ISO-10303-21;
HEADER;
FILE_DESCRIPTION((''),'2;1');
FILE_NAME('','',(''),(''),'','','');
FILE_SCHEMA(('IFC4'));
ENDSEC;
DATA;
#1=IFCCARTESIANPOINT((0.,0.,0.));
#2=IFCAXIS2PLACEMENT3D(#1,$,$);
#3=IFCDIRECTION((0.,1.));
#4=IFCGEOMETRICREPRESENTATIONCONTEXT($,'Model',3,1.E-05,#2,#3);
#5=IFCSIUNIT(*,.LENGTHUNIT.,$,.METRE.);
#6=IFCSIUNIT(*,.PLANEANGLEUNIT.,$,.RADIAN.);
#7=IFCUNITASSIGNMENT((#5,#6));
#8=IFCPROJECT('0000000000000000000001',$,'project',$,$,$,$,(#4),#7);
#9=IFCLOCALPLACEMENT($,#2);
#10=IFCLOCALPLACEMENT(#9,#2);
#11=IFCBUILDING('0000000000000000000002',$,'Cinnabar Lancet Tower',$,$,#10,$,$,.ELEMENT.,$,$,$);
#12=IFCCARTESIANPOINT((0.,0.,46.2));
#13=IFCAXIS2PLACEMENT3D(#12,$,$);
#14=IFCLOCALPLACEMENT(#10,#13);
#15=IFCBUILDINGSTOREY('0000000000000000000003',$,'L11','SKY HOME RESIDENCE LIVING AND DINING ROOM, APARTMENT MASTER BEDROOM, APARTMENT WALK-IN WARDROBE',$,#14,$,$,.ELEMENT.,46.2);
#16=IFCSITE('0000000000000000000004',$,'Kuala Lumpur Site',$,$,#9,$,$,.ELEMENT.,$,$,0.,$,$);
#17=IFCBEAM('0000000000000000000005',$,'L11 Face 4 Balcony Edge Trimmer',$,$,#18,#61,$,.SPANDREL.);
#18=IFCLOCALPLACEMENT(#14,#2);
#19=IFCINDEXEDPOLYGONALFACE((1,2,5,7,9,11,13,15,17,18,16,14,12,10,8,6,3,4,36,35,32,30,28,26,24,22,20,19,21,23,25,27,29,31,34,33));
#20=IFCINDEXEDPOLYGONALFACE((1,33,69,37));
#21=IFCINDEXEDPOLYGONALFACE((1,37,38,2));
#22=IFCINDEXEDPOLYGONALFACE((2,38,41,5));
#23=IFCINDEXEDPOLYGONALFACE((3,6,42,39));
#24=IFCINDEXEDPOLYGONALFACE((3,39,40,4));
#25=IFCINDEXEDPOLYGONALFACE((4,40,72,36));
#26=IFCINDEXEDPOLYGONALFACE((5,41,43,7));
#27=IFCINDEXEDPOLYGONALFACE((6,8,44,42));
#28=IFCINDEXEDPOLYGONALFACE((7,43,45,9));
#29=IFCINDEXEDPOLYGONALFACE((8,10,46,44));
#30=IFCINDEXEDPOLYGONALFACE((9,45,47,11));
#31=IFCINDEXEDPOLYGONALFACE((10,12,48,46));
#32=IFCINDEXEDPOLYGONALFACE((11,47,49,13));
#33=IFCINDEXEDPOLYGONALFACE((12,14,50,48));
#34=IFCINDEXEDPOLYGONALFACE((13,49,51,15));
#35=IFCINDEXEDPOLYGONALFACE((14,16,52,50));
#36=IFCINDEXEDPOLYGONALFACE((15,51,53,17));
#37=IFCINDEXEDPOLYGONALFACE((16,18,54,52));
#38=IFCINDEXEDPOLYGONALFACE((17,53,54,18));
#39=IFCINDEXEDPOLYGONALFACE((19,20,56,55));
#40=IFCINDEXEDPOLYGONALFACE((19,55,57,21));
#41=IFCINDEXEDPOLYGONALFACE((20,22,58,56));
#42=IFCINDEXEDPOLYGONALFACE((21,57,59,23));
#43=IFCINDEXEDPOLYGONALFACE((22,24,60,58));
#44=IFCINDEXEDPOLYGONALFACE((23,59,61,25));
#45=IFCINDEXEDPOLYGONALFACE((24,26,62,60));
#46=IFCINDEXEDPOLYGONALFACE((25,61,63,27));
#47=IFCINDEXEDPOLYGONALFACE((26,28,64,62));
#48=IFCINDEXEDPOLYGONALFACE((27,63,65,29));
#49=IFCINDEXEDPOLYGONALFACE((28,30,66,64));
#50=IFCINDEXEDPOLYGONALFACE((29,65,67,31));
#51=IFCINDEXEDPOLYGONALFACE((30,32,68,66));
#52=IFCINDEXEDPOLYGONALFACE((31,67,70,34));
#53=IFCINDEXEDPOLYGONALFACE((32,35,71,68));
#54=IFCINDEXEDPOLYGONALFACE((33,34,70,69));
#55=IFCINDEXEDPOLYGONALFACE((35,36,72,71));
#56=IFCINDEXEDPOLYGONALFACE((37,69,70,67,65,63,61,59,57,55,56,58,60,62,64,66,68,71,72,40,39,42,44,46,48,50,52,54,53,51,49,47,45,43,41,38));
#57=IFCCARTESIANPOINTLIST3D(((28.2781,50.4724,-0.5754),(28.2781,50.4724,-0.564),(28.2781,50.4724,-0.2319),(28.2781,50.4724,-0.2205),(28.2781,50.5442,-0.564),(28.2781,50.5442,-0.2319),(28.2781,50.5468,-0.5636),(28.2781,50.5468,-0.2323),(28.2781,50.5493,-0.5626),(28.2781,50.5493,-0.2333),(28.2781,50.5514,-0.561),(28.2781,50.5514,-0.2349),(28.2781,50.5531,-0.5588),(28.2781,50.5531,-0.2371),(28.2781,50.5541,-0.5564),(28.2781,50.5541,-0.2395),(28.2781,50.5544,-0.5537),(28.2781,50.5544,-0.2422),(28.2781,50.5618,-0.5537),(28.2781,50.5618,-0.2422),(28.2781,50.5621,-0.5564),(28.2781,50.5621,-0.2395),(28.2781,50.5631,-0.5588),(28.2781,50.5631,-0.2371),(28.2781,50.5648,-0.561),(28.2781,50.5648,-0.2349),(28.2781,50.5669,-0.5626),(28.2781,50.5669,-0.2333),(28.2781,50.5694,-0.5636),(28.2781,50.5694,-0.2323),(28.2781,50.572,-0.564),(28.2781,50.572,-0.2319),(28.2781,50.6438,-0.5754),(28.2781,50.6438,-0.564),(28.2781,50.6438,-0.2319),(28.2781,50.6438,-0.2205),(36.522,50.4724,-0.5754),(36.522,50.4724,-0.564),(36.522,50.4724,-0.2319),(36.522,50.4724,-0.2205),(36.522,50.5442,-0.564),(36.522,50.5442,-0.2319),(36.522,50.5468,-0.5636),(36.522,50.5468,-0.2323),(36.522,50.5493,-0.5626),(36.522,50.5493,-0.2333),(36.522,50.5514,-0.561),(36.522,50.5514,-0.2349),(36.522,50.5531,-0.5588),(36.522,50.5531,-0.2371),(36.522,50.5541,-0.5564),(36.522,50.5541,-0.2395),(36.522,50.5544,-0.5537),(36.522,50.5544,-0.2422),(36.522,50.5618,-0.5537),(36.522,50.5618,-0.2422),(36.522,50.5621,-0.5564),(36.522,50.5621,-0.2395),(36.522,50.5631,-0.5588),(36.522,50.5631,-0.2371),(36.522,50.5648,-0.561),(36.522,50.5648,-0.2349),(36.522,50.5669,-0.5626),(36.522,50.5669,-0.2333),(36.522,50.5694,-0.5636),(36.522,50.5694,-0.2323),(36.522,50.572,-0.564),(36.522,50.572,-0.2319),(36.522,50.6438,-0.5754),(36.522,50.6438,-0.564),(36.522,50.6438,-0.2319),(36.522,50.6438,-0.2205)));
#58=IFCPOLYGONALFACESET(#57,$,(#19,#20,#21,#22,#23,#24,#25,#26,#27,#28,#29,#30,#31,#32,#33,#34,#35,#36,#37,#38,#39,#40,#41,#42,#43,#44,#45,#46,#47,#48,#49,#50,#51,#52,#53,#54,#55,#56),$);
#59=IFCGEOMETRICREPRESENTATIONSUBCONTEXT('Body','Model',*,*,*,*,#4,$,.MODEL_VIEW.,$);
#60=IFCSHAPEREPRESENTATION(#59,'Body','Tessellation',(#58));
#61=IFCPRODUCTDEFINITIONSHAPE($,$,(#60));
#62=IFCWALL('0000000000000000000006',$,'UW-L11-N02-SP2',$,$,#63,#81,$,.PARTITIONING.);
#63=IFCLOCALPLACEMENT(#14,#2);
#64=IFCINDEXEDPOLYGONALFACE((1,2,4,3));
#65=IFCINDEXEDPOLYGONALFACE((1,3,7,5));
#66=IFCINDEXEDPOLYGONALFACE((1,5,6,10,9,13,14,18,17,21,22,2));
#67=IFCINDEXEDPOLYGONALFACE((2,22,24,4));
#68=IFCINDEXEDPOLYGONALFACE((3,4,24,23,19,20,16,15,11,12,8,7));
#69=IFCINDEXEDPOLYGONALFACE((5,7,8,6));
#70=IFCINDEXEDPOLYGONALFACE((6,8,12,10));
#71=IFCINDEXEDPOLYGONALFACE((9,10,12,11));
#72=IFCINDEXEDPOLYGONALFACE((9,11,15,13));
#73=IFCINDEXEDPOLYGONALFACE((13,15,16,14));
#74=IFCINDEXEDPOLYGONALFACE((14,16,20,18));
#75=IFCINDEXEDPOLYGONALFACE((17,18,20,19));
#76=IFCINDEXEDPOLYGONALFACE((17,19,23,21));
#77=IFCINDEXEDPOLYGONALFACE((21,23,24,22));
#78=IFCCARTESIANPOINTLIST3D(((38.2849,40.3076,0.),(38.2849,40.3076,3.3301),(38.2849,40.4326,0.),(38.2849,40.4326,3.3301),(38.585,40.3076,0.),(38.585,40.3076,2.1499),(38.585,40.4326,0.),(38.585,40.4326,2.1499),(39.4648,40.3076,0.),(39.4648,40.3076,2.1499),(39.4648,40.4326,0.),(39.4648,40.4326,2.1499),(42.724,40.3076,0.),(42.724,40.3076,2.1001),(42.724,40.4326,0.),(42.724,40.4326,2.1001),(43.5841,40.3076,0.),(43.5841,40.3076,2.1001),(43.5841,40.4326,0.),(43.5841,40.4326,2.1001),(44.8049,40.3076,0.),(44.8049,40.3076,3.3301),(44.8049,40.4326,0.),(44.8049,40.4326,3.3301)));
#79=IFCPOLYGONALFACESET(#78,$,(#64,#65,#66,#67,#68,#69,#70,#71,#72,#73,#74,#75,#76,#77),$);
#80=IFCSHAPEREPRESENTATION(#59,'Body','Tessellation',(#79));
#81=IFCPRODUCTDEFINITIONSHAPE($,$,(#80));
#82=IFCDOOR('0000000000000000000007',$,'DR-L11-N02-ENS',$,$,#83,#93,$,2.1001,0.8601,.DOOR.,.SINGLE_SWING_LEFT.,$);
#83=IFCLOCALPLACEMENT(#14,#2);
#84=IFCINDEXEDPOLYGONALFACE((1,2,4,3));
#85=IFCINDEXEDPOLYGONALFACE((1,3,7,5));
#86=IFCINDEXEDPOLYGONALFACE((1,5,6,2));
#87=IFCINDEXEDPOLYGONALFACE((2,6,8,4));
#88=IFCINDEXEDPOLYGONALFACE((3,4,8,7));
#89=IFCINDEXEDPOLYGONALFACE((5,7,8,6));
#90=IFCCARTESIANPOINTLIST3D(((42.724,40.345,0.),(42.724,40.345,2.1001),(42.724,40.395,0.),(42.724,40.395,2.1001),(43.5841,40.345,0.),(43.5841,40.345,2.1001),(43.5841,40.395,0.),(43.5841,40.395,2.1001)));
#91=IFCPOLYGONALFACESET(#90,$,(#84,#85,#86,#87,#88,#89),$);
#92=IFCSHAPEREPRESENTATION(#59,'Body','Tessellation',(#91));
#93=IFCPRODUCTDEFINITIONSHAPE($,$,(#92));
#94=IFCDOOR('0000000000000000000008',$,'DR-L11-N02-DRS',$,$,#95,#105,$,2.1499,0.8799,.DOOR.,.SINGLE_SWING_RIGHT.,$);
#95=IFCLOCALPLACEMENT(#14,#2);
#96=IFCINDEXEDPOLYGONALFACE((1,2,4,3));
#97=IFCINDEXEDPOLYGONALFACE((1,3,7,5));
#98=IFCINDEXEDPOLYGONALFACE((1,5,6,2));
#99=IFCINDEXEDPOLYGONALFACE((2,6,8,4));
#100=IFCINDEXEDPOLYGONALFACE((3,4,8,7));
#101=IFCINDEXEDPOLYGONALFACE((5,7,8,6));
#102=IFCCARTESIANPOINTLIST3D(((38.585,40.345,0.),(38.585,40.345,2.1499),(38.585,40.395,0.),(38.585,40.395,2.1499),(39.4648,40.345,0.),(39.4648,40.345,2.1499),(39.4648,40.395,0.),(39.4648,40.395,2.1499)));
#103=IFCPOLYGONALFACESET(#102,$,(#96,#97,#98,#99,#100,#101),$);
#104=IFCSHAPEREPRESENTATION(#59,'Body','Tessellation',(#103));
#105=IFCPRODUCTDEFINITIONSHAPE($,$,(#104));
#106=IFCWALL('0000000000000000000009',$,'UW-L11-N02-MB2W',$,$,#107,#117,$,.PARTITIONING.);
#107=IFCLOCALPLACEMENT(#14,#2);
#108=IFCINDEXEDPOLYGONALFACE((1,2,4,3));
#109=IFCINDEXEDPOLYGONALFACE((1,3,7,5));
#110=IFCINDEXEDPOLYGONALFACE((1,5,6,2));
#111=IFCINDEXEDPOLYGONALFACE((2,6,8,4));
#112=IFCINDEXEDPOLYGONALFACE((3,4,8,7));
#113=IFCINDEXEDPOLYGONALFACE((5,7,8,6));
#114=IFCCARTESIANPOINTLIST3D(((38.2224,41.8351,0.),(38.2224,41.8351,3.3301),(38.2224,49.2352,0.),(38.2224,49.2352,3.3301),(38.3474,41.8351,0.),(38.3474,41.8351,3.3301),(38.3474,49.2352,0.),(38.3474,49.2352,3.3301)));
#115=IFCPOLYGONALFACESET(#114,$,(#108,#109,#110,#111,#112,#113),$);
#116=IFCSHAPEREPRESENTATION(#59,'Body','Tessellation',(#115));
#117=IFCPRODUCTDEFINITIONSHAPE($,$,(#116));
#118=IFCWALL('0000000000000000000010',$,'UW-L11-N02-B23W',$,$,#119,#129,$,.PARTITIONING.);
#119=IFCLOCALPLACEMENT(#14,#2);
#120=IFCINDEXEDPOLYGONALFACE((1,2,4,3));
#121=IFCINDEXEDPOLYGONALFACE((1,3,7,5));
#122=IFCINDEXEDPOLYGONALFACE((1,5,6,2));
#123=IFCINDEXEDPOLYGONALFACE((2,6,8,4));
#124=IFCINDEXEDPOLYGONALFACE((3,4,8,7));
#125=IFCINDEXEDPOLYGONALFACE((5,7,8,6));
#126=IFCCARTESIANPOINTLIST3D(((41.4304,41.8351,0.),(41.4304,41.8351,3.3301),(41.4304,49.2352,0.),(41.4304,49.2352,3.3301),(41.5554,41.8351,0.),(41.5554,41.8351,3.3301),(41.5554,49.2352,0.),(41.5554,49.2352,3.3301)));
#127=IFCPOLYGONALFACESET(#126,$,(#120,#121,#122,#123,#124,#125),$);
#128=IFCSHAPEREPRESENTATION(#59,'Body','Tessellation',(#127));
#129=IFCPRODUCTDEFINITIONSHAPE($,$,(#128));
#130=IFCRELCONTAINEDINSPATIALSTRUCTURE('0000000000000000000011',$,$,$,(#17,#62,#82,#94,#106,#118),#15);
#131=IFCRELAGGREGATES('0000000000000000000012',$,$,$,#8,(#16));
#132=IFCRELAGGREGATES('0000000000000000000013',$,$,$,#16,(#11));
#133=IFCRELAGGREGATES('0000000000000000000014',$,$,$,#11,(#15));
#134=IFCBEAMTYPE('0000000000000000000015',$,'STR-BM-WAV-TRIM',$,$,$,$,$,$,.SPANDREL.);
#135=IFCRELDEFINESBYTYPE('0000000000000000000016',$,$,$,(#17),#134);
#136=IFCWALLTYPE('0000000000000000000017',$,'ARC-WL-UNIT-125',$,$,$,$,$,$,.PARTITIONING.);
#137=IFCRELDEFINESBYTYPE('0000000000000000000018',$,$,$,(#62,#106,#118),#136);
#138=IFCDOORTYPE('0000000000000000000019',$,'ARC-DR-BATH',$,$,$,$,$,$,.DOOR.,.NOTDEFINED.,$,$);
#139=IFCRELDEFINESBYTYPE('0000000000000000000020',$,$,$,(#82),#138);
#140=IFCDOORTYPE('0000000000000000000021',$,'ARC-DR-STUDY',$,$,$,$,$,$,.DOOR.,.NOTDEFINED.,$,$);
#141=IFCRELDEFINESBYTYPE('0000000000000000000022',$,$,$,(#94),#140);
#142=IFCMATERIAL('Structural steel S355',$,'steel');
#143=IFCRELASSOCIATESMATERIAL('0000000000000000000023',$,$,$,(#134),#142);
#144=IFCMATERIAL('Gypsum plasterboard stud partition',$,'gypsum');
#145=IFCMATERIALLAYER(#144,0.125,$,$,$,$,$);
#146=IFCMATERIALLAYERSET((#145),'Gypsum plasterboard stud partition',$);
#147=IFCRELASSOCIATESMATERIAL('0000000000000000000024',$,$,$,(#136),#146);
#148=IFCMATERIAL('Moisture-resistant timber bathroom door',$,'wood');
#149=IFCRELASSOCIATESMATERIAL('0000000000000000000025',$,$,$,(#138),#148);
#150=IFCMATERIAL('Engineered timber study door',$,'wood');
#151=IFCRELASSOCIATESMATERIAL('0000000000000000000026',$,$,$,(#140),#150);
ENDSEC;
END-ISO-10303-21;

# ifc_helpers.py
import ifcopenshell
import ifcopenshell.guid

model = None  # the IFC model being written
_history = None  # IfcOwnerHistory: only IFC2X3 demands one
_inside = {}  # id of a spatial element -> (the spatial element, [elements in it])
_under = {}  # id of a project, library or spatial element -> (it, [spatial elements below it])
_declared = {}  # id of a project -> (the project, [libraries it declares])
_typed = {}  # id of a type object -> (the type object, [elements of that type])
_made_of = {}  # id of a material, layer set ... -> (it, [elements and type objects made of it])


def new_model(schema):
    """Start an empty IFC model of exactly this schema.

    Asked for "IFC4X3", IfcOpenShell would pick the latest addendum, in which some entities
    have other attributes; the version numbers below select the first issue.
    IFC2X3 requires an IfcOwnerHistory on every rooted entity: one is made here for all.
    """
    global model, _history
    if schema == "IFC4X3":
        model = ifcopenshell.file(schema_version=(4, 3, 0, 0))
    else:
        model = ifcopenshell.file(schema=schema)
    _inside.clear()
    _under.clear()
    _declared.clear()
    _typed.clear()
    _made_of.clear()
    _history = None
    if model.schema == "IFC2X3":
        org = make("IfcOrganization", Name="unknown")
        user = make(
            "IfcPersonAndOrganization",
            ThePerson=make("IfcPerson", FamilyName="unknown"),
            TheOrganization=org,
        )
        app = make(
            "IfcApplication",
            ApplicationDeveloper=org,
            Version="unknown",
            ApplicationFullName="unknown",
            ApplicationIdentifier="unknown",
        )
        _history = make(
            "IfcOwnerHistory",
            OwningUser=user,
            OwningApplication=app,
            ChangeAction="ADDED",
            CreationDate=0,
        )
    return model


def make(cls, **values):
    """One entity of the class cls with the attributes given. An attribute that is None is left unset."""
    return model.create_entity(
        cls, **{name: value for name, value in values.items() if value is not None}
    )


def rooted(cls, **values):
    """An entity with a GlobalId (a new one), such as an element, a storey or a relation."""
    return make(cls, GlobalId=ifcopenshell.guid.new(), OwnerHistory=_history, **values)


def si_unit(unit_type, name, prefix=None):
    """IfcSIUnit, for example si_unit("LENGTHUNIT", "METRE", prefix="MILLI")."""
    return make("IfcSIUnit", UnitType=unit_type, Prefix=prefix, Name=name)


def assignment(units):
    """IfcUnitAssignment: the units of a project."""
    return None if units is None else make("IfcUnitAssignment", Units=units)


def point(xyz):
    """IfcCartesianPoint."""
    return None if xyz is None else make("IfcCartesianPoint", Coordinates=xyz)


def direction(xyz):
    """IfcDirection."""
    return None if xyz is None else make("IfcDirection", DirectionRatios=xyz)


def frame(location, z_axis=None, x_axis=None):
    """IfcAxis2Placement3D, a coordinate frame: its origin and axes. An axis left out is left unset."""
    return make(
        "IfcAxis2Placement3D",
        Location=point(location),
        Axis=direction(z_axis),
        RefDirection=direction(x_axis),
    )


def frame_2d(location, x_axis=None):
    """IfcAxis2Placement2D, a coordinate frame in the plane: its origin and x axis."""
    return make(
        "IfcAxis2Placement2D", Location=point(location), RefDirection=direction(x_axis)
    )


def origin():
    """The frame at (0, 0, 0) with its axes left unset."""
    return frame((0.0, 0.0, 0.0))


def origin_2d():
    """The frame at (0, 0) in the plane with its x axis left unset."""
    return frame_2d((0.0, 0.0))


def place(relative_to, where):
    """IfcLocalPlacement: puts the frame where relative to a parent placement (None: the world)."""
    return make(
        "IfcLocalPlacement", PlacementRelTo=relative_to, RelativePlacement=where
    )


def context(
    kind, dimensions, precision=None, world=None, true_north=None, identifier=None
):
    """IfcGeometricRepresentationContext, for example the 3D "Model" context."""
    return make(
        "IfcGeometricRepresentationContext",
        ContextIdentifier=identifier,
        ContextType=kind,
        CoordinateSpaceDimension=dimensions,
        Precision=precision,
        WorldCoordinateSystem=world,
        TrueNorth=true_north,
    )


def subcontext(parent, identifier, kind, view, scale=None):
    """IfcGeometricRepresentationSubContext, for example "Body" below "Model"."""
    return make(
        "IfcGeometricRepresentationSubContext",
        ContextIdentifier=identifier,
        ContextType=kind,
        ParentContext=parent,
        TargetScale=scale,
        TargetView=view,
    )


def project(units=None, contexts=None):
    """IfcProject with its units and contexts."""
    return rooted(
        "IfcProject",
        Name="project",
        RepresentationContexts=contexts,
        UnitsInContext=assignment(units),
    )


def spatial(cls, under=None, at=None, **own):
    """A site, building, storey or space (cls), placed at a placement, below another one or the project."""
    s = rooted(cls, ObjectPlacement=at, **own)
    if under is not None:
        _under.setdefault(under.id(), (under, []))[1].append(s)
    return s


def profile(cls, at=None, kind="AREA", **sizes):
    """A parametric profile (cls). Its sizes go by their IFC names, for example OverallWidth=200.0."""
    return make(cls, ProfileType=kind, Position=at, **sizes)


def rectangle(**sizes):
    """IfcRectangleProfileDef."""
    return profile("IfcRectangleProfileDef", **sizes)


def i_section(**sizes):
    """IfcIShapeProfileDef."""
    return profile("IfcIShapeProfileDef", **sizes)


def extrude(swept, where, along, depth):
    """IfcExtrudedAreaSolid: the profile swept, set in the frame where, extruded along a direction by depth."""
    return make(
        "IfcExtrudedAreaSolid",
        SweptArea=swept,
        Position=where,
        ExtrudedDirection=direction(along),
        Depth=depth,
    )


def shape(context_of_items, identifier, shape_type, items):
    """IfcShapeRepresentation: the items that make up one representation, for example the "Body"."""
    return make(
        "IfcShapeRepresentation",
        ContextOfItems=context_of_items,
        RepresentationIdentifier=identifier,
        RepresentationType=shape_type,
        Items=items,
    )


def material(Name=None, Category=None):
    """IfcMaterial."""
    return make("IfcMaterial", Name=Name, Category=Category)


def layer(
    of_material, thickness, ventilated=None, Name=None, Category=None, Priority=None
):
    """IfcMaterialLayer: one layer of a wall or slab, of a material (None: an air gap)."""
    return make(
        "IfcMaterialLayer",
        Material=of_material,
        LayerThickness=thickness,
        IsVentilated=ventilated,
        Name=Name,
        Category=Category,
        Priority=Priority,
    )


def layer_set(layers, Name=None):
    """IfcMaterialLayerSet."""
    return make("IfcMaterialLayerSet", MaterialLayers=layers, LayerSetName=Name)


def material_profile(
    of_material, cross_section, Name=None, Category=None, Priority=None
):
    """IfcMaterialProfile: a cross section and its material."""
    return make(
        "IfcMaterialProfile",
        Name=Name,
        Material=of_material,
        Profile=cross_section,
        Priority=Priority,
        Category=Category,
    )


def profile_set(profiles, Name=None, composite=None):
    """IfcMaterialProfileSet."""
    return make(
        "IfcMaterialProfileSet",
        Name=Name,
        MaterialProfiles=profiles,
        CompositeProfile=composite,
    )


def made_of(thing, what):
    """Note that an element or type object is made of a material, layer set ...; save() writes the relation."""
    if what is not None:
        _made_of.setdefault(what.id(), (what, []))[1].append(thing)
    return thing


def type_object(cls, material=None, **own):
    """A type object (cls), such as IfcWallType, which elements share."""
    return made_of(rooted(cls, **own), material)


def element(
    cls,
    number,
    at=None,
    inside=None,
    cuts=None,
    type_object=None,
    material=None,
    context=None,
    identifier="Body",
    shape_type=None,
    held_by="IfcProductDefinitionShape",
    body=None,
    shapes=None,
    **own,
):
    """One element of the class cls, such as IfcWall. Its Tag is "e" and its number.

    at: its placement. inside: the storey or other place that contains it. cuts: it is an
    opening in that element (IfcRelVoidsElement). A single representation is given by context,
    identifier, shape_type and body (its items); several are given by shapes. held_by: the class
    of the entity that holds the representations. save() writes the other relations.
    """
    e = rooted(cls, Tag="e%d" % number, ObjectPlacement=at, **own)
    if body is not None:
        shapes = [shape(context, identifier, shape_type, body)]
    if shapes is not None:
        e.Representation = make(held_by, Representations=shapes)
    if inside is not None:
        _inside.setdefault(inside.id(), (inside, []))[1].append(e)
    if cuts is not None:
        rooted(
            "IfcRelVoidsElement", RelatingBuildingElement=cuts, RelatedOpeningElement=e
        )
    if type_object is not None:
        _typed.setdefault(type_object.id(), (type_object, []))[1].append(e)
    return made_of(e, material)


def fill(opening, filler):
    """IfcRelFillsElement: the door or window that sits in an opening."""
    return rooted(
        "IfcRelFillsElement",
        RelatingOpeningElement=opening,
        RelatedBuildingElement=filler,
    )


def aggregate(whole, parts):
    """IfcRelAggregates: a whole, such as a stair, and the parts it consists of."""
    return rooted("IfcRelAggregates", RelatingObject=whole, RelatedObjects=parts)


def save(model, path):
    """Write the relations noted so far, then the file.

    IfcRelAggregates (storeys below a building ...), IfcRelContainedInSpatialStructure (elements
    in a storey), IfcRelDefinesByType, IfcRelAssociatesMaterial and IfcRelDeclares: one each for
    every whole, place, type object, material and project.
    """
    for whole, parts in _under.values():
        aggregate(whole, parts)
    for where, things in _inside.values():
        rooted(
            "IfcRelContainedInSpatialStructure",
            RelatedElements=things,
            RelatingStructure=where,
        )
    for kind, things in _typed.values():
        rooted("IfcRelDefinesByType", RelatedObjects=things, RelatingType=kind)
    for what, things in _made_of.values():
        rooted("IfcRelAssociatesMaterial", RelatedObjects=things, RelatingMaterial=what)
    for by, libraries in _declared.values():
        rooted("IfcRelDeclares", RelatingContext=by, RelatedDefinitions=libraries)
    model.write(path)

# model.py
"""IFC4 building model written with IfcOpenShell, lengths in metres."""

from ifc_helpers import new_model, si_unit, direction, frame, frame_2d, origin, origin_2d, place, context, subcontext, project, spatial, rectangle, i_section, extrude, material, layer, layer_set, material_profile, profile_set, type_object, element, fill, save


model = new_model("IFC4")

# Units and contexts
model_context = context("Model", 3, precision=1e-05, world=origin(), true_north=direction((0.0, 1.0)))
body_context = subcontext(model_context, "Body", "Model", "MODEL_VIEW")
ifc_project = project(units=[si_unit("LENGTHUNIT", "METRE"), si_unit("PLANEANGLEUNIT", "RADIAN")], contexts=[model_context])

# Site, building, storey
site_placement = place(None, origin())
site = spatial("IfcSite", under=ifc_project, at=site_placement, Name="Kuala Lumpur Site", CompositionType="ELEMENT", RefElevation=0.0)
building_placement = place(site_placement, origin())
building = spatial("IfcBuilding", under=site, at=building_placement, Name="Cinnabar Lancet Tower", CompositionType="ELEMENT")
storey_placement = place(building_placement, frame((0.0, 0.0, 46.2)))
storey = spatial("IfcBuildingStorey", under=building, at=storey_placement, Name="L11", Description="SKY HOME RESIDENCE LIVING AND DINING ROOM, APARTMENT MASTER BEDROOM, APARTMENT WALK-IN WARDROBE", CompositionType="ELEMENT", Elevation=46.2)

# Beam
ifc_material_1 = material(Name="Structural steel S355", Category="steel")
ifc_material_profile_1 = material_profile(ifc_material_1, i_section(OverallWidth=0.1714, OverallDepth=0.355, WebThickness=0.0073, FlangeThickness=0.0115, FilletRadius=0.0103, at=origin_2d()), Name="UKB 356x171x51")
ifc_profile_set_1 = profile_set([ifc_material_profile_1], Name="Structural steel S355")
beam_type_1 = type_object("IfcBeamType", Name="STR-BM-WAV-TRIM", PredefinedType="SPANDREL", material=ifc_profile_set_1)
beam_1_placement = place(storey_placement, frame((36.522, 50.5581, -0.3979), z_axis=(-1.0, 0.0, 0.0), x_axis=(0.0, -1.0, 0.0)))
element("IfcBeam", 1, at=beam_1_placement, inside=storey, type_object=beam_type_1, Name="L11 Face 4 Balcony Edge Trimmer", PredefinedType="SPANDREL", context=body_context, shape_type="SweptSolid", body=[
    extrude(i_section(OverallWidth=0.1714, OverallDepth=0.355, WebThickness=0.0073, FlangeThickness=0.0115, FilletRadius=0.0103, at=origin_2d()), origin(), (0.0, 0.0, 1.0), 8.2439),
])

# Wall, openings, doors
ifc_material_2 = material(Name="Gypsum plasterboard stud partition", Category="gypsum")
ifc_layer_1 = layer(ifc_material_2, 0.125)
ifc_layer_set_1 = layer_set([ifc_layer_1], Name="Gypsum plasterboard stud partition")
wall_type_1 = type_object("IfcWallType", Name="ARC-WL-UNIT-125", PredefinedType="PARTITIONING", material=ifc_layer_set_1)
wall_1_placement = place(storey_placement, frame((38.2849, 40.3701, 0.0), z_axis=(0.0, 0.0, 1.0), x_axis=(1.0, 0.0, 0.0)))
wall_1 = element("IfcWall", 2, at=wall_1_placement, inside=storey, type_object=wall_type_1, Name="UW-L11-N02-SP2", PredefinedType="PARTITIONING", context=body_context, shape_type="SweptSolid", body=[
    extrude(rectangle(XDim=6.52, YDim=0.125, at=frame_2d((3.26, 0.0))), origin(), (0.0, 0.0, 1.0), 3.3301),
])
opening_1_placement = place(wall_1_placement, frame((4.439, 0.0, 0.0)))
opening_1 = element("IfcOpeningElement", 3, at=opening_1_placement, cuts=wall_1, PredefinedType="OPENING", context=body_context, shape_type="SweptSolid", body=[
    extrude(rectangle(XDim=0.8601, YDim=2.1001, at=frame_2d((0.4302, 1.05))), frame((0.0, 0.0725, 0.0), z_axis=(0.0, -1.0, 0.0), x_axis=(1.0, 0.0, 0.0)), (0.0, 0.0, 1.0), 0.145),
])
opening_2_placement = place(wall_1_placement, frame((0.3, 0.0, 0.0)))
opening_2 = element("IfcOpeningElement", 4, at=opening_2_placement, cuts=wall_1, PredefinedType="OPENING", context=body_context, shape_type="SweptSolid", body=[
    extrude(rectangle(XDim=0.8799, YDim=2.1499, at=frame_2d((0.4399, 1.075))), frame((0.0, 0.0725, 0.0), z_axis=(0.0, -1.0, 0.0), x_axis=(1.0, 0.0, 0.0)), (0.0, 0.0, 1.0), 0.145),
])
ifc_material_3 = material(Name="Moisture-resistant timber bathroom door", Category="wood")
door_type_1 = type_object("IfcDoorType", Name="ARC-DR-BATH", OperationType="NOTDEFINED", PredefinedType="DOOR", material=ifc_material_3)
door_1_placement = place(opening_1_placement, origin())
door_1 = element("IfcDoor", 5, at=door_1_placement, inside=storey, type_object=door_type_1, Name="DR-L11-N02-ENS", OperationType="SINGLE_SWING_LEFT", OverallHeight=2.1001, OverallWidth=0.8601, PredefinedType="DOOR", context=body_context, shape_type="SweptSolid", body=[
    extrude(rectangle(XDim=0.8601, YDim=2.1001, at=frame_2d((0.4302, 1.05))), frame((0.0, 0.0249, 0.0), z_axis=(0.0, -1.0, 0.0), x_axis=(1.0, 0.0, 0.0)), (0.0, 0.0, 1.0), 0.05),
])
fill(opening_1, door_1)
ifc_material_4 = material(Name="Engineered timber study door", Category="wood")
door_type_2 = type_object("IfcDoorType", Name="ARC-DR-STUDY", OperationType="NOTDEFINED", PredefinedType="DOOR", material=ifc_material_4)
door_2_placement = place(opening_2_placement, origin())
door_2 = element("IfcDoor", 6, at=door_2_placement, inside=storey, type_object=door_type_2, Name="DR-L11-N02-DRS", OperationType="SINGLE_SWING_RIGHT", OverallHeight=2.1499, OverallWidth=0.8799, PredefinedType="DOOR", context=body_context, shape_type="SweptSolid", body=[
    extrude(rectangle(XDim=0.8799, YDim=2.1499, at=frame_2d((0.4399, 1.075))), frame((0.0, 0.0249, 0.0), z_axis=(0.0, -1.0, 0.0), x_axis=(1.0, 0.0, 0.0)), (0.0, 0.0, 1.0), 0.05),
])
fill(opening_2, door_2)

# Walls
for number, where, z_axis, x_axis, name in (
    (7, (38.2849, 41.835, 0.0), (0.0, 0.0, 1.0), (0.0, 1.0, 0.0), "UW-L11-N02-MB2W"),
    (8, (41.4929, 41.835, 0.0), (0.0, 0.0, 1.0), (0.0, 1.0, 0.0), "UW-L11-N02-B23W"),
):
    element("IfcWall", number, at=place(storey_placement, frame(where, z_axis=z_axis, x_axis=x_axis)), inside=storey, type_object=wall_type_1, Name=name, PredefinedType="PARTITIONING", context=body_context, shape_type="SweptSolid", body=[
        extrude(rectangle(XDim=7.4001, YDim=0.125, at=frame_2d((3.7002, 0.0))), origin(), (0.0, 0.0, 1.0), 3.3301),
    ])

save(model, "model.ifc")
